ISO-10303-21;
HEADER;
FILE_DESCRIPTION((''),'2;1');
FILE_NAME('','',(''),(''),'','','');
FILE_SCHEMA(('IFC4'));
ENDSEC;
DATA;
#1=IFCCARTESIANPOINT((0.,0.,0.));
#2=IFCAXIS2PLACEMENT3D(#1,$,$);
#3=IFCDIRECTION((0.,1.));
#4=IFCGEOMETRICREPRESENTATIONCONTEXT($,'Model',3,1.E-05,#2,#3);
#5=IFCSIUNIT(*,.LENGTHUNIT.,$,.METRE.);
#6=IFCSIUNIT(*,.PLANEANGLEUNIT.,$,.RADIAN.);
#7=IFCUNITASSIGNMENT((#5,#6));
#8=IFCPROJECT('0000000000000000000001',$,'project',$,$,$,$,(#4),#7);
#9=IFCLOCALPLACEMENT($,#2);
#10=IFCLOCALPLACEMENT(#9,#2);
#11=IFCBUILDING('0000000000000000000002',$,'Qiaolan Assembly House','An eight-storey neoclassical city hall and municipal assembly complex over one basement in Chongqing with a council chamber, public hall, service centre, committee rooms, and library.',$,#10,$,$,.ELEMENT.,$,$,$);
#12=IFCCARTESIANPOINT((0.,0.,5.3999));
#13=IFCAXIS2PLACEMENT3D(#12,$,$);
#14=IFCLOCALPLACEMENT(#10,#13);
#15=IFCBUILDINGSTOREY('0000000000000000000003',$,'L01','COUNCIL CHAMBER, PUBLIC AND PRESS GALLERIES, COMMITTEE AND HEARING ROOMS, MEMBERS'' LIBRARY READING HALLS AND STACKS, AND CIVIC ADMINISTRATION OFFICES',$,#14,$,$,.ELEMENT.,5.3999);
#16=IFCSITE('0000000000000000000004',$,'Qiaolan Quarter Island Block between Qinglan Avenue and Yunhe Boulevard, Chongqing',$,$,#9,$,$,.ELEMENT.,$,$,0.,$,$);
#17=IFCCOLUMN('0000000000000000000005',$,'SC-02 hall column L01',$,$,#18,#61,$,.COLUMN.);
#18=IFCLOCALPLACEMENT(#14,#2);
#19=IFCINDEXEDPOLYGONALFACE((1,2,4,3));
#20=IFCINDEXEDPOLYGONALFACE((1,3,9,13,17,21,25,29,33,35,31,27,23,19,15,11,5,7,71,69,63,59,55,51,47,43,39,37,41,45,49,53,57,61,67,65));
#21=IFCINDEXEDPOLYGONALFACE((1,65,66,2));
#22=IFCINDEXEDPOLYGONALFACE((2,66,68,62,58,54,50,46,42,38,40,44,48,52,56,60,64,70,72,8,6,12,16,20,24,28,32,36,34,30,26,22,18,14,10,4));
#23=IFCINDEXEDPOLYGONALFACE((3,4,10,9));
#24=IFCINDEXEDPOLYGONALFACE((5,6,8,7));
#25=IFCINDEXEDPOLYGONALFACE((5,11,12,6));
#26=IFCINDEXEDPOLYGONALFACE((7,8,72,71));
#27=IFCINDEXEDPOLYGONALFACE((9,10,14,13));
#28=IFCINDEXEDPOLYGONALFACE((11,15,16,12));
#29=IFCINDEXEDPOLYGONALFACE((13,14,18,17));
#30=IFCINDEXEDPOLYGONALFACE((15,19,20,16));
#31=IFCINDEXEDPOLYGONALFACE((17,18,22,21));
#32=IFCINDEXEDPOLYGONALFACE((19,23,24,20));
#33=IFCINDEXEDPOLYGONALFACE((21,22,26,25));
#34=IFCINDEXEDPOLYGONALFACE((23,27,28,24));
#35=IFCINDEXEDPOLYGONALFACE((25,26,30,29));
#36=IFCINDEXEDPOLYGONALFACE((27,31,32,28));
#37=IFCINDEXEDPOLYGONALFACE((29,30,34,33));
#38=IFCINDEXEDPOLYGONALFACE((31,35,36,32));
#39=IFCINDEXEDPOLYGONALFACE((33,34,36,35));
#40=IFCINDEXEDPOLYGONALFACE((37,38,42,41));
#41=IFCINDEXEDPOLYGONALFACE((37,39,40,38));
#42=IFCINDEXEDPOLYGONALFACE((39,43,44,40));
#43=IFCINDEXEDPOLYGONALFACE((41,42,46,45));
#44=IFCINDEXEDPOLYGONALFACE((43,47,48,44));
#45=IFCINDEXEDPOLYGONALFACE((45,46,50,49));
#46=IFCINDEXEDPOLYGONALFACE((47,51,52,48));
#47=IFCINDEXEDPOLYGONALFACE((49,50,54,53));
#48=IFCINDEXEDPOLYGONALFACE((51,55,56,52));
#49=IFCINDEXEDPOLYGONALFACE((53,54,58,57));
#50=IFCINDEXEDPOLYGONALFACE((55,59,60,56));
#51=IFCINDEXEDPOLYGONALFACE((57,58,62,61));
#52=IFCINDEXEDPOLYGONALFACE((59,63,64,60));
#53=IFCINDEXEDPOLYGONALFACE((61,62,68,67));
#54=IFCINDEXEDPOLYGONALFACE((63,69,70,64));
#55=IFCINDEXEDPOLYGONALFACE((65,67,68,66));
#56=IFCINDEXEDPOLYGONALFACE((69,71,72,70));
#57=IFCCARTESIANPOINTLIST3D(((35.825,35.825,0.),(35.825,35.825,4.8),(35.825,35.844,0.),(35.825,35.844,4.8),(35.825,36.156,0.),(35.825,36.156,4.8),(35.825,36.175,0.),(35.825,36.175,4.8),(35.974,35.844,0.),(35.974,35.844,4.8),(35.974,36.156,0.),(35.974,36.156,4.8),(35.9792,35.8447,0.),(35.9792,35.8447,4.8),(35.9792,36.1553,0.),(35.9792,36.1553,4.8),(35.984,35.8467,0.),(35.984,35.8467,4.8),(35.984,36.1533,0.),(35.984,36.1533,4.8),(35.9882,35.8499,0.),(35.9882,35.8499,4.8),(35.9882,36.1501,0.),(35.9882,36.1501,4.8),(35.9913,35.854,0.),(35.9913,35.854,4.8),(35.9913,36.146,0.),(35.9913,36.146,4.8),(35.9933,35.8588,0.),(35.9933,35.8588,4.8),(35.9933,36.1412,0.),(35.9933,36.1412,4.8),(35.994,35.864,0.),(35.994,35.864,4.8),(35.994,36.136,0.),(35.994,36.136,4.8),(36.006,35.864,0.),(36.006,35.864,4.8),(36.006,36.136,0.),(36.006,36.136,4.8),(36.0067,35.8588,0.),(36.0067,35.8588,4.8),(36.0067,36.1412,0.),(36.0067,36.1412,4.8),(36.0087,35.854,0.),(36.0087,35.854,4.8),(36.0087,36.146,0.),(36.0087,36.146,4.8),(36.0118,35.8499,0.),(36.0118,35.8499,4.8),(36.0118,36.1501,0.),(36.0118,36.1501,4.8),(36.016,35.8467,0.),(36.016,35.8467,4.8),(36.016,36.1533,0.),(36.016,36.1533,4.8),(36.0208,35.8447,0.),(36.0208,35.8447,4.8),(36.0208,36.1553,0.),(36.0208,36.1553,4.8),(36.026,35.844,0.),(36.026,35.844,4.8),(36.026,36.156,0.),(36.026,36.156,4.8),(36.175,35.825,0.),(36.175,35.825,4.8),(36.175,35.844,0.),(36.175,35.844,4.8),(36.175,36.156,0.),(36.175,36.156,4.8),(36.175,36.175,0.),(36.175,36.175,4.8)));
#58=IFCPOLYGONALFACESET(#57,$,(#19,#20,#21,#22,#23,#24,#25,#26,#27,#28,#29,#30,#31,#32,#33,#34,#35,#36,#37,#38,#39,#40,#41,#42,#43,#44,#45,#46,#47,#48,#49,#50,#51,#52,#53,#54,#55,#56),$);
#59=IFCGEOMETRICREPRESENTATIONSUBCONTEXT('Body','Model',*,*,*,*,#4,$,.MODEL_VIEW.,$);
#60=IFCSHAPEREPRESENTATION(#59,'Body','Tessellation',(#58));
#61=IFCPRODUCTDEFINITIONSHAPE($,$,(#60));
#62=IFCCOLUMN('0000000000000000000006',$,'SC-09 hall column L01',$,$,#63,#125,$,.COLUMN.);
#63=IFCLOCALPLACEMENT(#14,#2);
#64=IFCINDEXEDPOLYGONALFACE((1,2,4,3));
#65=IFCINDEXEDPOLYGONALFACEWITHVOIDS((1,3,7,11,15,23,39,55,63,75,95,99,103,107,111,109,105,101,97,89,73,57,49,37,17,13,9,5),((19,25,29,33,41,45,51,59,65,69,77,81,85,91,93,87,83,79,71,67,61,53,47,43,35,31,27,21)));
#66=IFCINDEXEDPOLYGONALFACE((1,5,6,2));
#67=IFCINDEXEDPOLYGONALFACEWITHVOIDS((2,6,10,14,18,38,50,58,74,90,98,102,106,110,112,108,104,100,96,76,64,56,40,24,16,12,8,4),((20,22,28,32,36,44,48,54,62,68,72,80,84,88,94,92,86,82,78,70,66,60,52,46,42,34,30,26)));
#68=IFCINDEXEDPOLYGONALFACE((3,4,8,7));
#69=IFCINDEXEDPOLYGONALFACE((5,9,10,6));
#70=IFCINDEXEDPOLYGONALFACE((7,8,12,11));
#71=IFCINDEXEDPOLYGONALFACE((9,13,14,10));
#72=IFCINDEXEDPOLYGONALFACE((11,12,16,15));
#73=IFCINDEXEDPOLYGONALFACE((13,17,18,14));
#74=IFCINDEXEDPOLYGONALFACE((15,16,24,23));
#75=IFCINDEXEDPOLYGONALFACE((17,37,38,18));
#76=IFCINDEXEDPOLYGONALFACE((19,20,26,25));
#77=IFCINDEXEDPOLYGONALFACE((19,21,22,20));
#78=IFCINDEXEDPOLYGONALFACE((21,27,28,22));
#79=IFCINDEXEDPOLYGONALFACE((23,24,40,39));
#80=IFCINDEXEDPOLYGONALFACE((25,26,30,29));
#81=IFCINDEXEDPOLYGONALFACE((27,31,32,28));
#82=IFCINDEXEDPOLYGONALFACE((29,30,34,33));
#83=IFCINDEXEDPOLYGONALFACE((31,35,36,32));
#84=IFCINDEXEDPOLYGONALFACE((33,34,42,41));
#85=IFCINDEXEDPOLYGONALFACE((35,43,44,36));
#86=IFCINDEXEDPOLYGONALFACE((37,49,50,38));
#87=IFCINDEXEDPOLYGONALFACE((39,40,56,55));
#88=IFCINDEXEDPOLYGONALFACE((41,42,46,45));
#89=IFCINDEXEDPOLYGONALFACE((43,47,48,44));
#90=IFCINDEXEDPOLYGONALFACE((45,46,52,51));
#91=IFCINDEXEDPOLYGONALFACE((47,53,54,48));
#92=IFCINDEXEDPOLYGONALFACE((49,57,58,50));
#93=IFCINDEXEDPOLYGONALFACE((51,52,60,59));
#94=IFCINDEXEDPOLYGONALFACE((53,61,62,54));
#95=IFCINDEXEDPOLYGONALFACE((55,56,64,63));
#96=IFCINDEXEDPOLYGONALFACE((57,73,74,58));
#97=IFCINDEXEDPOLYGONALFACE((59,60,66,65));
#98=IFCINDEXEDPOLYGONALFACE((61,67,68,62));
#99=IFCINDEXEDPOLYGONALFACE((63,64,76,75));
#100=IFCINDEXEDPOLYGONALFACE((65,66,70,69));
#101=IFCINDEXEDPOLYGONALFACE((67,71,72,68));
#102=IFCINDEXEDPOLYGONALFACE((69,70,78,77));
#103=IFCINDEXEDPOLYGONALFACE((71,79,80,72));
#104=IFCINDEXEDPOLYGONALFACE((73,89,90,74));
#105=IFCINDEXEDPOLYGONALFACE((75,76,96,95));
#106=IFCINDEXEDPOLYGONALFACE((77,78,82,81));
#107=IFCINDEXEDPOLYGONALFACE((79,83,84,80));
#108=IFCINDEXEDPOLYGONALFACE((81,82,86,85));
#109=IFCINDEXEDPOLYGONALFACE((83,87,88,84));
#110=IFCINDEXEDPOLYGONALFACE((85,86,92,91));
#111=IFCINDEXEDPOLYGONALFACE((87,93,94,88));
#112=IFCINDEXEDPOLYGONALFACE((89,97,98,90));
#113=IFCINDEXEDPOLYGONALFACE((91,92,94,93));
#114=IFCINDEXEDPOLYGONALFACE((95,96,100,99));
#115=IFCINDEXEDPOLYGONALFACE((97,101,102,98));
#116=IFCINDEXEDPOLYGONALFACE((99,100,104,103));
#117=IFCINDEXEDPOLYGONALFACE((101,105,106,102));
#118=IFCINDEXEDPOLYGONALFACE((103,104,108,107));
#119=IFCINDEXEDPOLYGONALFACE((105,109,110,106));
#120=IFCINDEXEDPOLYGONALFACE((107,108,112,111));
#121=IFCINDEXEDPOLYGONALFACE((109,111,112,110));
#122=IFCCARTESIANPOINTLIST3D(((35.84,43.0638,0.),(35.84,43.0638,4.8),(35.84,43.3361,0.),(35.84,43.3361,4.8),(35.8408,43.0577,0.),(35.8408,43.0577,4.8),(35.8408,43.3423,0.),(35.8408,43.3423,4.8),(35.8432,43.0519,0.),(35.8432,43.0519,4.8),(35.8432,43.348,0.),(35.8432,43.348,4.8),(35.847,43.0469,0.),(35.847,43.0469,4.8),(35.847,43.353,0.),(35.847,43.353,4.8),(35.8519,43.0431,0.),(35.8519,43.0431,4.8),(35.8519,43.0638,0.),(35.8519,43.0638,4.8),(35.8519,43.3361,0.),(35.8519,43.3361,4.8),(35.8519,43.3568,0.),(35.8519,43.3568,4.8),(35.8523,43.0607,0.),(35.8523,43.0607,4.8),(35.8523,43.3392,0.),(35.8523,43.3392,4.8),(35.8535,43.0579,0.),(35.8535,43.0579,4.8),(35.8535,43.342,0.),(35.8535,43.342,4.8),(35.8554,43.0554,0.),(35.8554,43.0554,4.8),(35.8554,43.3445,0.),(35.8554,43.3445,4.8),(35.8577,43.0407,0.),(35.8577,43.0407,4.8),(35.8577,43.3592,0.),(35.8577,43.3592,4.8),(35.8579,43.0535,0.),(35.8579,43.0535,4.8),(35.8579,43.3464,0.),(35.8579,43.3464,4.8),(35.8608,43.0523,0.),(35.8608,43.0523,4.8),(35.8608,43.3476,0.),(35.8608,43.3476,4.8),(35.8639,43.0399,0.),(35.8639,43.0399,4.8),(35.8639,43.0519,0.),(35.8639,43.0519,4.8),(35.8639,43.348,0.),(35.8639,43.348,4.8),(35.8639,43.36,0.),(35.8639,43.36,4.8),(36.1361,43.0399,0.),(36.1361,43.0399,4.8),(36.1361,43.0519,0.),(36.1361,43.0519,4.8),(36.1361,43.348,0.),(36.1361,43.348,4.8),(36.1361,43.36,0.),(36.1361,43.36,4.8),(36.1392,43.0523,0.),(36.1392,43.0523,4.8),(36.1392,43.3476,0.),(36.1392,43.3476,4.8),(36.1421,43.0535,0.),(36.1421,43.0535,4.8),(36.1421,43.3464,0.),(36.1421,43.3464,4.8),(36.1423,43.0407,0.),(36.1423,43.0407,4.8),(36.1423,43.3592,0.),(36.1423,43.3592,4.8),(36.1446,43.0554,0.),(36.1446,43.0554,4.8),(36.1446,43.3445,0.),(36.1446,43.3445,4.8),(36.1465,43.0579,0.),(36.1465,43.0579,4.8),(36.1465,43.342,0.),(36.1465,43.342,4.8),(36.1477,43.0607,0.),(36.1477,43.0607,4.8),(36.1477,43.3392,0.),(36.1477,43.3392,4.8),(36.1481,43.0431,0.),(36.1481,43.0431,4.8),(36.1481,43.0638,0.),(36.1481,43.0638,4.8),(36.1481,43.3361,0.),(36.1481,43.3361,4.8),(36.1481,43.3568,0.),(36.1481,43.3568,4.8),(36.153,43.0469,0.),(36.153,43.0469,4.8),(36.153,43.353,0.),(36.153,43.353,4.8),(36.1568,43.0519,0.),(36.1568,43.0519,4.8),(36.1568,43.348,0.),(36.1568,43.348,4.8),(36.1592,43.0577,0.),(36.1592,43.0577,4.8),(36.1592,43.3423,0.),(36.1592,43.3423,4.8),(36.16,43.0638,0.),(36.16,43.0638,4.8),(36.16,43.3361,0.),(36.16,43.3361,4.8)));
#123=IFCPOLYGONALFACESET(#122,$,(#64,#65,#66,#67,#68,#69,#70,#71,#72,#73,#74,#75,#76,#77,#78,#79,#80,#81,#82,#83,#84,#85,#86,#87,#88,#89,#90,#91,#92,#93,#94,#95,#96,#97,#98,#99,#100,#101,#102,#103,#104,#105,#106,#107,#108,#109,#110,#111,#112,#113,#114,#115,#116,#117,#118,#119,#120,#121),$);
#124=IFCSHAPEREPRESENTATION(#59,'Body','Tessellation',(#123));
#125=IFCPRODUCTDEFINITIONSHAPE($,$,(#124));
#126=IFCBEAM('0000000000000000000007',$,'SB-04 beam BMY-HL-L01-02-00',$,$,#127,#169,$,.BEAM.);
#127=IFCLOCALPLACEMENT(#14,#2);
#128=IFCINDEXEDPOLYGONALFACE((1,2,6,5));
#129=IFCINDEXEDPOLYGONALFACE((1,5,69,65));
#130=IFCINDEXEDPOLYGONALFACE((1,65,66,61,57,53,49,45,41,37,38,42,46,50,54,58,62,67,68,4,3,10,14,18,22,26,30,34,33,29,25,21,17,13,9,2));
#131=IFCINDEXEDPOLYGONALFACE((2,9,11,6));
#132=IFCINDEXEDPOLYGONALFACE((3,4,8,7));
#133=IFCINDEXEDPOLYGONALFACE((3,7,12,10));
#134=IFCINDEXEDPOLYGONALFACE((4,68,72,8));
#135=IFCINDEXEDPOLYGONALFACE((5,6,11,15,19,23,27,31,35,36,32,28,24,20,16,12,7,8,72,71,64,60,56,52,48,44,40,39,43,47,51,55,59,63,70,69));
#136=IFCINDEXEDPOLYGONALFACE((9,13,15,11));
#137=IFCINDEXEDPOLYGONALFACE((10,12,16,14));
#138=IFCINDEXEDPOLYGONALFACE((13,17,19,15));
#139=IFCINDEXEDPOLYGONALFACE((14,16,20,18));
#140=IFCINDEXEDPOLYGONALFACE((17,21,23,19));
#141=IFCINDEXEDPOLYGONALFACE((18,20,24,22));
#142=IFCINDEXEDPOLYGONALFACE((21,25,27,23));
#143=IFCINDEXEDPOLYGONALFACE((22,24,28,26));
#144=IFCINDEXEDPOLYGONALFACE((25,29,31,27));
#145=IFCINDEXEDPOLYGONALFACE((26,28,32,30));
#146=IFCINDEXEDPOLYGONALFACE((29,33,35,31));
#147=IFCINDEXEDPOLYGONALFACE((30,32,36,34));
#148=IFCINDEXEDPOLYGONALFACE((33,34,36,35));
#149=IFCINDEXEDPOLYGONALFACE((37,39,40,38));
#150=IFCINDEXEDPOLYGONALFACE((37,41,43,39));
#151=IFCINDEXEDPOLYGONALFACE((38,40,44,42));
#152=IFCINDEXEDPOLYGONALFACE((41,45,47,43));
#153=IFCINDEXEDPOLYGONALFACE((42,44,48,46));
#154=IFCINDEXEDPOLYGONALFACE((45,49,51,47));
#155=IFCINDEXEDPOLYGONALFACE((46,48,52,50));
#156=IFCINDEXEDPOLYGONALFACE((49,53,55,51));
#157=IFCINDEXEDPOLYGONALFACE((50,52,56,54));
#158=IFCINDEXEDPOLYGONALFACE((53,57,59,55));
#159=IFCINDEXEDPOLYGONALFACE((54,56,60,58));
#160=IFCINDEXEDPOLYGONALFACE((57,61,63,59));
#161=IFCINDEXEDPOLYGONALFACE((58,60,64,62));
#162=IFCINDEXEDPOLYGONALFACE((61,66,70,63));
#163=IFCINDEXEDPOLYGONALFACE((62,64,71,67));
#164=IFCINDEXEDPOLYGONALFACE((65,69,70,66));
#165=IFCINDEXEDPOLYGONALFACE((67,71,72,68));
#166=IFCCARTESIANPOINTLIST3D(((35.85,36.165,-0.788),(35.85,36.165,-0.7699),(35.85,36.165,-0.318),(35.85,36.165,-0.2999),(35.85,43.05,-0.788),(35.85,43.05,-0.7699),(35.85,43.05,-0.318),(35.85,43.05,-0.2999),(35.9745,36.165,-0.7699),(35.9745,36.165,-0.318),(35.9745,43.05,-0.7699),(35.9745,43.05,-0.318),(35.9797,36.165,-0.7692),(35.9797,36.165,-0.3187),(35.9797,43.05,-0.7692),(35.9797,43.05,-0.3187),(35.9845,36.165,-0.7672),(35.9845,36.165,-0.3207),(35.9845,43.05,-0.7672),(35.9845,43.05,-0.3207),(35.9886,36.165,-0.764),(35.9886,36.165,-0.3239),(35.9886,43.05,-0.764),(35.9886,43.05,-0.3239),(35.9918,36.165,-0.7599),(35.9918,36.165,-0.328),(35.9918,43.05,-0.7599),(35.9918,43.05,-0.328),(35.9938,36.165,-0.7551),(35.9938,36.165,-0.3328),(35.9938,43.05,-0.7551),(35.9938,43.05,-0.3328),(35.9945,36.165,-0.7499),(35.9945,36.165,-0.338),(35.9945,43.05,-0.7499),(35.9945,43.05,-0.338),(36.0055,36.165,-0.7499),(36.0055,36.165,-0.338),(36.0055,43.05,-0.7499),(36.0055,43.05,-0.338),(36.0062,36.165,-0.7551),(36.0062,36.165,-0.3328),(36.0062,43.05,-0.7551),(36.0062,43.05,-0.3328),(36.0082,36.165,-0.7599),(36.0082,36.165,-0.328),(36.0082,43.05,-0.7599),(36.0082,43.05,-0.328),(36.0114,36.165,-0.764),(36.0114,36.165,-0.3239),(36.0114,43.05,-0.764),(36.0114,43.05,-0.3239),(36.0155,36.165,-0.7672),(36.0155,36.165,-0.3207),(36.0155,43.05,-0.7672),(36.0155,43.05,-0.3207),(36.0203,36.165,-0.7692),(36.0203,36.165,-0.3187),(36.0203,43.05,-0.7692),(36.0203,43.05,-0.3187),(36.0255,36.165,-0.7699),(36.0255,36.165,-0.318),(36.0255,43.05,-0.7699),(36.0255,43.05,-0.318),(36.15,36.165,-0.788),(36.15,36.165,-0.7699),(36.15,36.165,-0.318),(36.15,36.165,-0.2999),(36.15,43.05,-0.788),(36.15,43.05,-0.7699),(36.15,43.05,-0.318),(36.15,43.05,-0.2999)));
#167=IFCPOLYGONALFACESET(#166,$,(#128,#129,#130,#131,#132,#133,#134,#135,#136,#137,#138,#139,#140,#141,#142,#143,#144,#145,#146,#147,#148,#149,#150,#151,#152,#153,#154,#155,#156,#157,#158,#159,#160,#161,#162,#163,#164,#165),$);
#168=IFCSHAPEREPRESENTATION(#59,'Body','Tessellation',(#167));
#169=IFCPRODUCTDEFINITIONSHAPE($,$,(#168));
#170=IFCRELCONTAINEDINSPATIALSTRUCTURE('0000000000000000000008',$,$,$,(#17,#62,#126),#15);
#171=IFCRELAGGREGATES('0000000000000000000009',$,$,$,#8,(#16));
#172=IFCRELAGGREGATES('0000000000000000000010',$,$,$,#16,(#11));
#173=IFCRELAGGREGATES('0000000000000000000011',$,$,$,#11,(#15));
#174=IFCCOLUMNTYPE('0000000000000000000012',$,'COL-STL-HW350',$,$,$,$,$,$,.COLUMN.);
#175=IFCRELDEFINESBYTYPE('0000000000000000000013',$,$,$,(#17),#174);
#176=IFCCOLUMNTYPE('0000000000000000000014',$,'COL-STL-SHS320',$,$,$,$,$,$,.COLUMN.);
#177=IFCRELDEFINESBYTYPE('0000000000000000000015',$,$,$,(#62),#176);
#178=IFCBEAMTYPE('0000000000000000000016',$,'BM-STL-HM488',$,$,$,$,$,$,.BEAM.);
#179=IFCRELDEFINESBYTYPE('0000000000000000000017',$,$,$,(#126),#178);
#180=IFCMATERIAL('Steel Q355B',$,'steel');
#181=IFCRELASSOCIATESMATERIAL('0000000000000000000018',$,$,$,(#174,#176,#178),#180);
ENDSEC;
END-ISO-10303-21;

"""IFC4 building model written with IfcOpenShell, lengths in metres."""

from ifc_helpers import new_model, si_unit, direction, frame, origin, origin_2d, place, context, subcontext, project, spatial, hollow_rectangle, i_section, extrude, material, material_profile, profile_set, type_object, element, save


model = new_model("IFC4")

# Units and contexts
model_context = context("Model", 3, precision=1e-05, world=origin(), true_north=direction((0.0, 1.0)))
body_context = subcontext(model_context, "Body", "Model", "MODEL_VIEW")
ifc_project = project(units=[si_unit("LENGTHUNIT", "METRE"), si_unit("PLANEANGLEUNIT", "RADIAN")], contexts=[model_context])

# Site, building, storey
site_placement = place(None, origin())
site = spatial("IfcSite", under=ifc_project, at=site_placement, Name="Qiaolan Quarter Island Block between Qinglan Avenue and Yunhe Boulevard, Chongqing", CompositionType="ELEMENT", RefElevation=0.0)
building_placement = place(site_placement, origin())
building = spatial("IfcBuilding", under=site, at=building_placement, Name="Qiaolan Assembly House", Description="An eight-storey neoclassical city hall and municipal assembly complex over one basement in Chongqing with a council chamber, public hall, service centre, committee rooms, and library.", CompositionType="ELEMENT")
storey_placement = place(building_placement, frame((0.0, 0.0, 5.3999)))
storey = spatial("IfcBuildingStorey", under=building, at=storey_placement, Name="L01", Description="COUNCIL CHAMBER, PUBLIC AND PRESS GALLERIES, COMMITTEE AND HEARING ROOMS, MEMBERS' LIBRARY READING HALLS AND STACKS, AND CIVIC ADMINISTRATION OFFICES", CompositionType="ELEMENT", Elevation=5.3999)

# Columns
ifc_material_1 = material(Name="Steel Q355B", Category="steel")
ifc_material_profile_1 = material_profile(ifc_material_1, i_section(OverallWidth=0.3501, OverallDepth=0.3501, WebThickness=0.012, FlangeThickness=0.019, FilletRadius=0.02, at=origin_2d()), Name="HW 350x350x12x19")
ifc_profile_set_1 = profile_set([ifc_material_profile_1], Name="Steel Q355B")
column_type_1 = type_object("IfcColumnType", Name="COL-STL-HW350", PredefinedType="COLUMN", material=ifc_profile_set_1)
column_1_placement = place(storey_placement, frame((36.0, 36.0, 0.0), z_axis=(0.0, 0.0, 1.0), x_axis=(1.0, 0.0, 0.0)))
element("IfcColumn", 1, at=column_1_placement, inside=storey, type_object=column_type_1, Name="SC-02 hall column L01", PredefinedType="COLUMN", context=body_context, shape_type="SweptSolid", body=[
    extrude(i_section(OverallWidth=0.3501, OverallDepth=0.3501, WebThickness=0.012, FlangeThickness=0.019, FilletRadius=0.02, at=origin_2d()), origin(), (0.0, 0.0, 1.0), 4.8),
])
ifc_material_profile_2 = material_profile(ifc_material_1, hollow_rectangle(XDim=0.3201, YDim=0.3201, WallThickness=0.012, InnerFilletRadius=0.012, OuterFilletRadius=0.0239, at=origin_2d()), Name="SHS 320x320x12")
ifc_profile_set_2 = profile_set([ifc_material_profile_2], Name="Steel Q355B")
column_type_2 = type_object("IfcColumnType", Name="COL-STL-SHS320", PredefinedType="COLUMN", material=ifc_profile_set_2)
column_2_placement = place(storey_placement, frame((36.0, 43.2, 0.0), z_axis=(0.0, 0.0, 1.0), x_axis=(1.0, 0.0, 0.0)))
element("IfcColumn", 2, at=column_2_placement, inside=storey, type_object=column_type_2, Name="SC-09 hall column L01", PredefinedType="COLUMN", context=body_context, shape_type="SweptSolid", body=[
    extrude(hollow_rectangle(XDim=0.3201, YDim=0.3201, WallThickness=0.012, InnerFilletRadius=0.012, OuterFilletRadius=0.0239, at=origin_2d()), origin(), (0.0, 0.0, 1.0), 4.8),
])

# Beam
ifc_material_profile_3 = material_profile(ifc_material_1, i_section(OverallWidth=0.3, OverallDepth=0.488, WebThickness=0.011, FlangeThickness=0.0181, FilletRadius=0.02, at=origin_2d()), Name="HM 488x300x11x18")
ifc_profile_set_3 = profile_set([ifc_material_profile_3], Name="Steel Q355B")
beam_type_1 = type_object("IfcBeamType", Name="BM-STL-HM488", PredefinedType="BEAM", material=ifc_profile_set_3)
beam_1_placement = place(storey_placement, frame((36.0, 36.165, -0.5439), z_axis=(0.0, 1.0, 0.0), x_axis=(-1.0, 0.0, 0.0)))
element("IfcBeam", 3, at=beam_1_placement, inside=storey, type_object=beam_type_1, Name="SB-04 beam BMY-HL-L01-02-00", PredefinedType="BEAM", context=body_context, shape_type="SweptSolid", body=[
    extrude(i_section(OverallWidth=0.3, OverallDepth=0.488, WebThickness=0.011, FlangeThickness=0.0181, FilletRadius=0.02, at=origin_2d()), origin(), (0.0, 0.0, 1.0), 6.885),
])

save(model, "model.ifc")
